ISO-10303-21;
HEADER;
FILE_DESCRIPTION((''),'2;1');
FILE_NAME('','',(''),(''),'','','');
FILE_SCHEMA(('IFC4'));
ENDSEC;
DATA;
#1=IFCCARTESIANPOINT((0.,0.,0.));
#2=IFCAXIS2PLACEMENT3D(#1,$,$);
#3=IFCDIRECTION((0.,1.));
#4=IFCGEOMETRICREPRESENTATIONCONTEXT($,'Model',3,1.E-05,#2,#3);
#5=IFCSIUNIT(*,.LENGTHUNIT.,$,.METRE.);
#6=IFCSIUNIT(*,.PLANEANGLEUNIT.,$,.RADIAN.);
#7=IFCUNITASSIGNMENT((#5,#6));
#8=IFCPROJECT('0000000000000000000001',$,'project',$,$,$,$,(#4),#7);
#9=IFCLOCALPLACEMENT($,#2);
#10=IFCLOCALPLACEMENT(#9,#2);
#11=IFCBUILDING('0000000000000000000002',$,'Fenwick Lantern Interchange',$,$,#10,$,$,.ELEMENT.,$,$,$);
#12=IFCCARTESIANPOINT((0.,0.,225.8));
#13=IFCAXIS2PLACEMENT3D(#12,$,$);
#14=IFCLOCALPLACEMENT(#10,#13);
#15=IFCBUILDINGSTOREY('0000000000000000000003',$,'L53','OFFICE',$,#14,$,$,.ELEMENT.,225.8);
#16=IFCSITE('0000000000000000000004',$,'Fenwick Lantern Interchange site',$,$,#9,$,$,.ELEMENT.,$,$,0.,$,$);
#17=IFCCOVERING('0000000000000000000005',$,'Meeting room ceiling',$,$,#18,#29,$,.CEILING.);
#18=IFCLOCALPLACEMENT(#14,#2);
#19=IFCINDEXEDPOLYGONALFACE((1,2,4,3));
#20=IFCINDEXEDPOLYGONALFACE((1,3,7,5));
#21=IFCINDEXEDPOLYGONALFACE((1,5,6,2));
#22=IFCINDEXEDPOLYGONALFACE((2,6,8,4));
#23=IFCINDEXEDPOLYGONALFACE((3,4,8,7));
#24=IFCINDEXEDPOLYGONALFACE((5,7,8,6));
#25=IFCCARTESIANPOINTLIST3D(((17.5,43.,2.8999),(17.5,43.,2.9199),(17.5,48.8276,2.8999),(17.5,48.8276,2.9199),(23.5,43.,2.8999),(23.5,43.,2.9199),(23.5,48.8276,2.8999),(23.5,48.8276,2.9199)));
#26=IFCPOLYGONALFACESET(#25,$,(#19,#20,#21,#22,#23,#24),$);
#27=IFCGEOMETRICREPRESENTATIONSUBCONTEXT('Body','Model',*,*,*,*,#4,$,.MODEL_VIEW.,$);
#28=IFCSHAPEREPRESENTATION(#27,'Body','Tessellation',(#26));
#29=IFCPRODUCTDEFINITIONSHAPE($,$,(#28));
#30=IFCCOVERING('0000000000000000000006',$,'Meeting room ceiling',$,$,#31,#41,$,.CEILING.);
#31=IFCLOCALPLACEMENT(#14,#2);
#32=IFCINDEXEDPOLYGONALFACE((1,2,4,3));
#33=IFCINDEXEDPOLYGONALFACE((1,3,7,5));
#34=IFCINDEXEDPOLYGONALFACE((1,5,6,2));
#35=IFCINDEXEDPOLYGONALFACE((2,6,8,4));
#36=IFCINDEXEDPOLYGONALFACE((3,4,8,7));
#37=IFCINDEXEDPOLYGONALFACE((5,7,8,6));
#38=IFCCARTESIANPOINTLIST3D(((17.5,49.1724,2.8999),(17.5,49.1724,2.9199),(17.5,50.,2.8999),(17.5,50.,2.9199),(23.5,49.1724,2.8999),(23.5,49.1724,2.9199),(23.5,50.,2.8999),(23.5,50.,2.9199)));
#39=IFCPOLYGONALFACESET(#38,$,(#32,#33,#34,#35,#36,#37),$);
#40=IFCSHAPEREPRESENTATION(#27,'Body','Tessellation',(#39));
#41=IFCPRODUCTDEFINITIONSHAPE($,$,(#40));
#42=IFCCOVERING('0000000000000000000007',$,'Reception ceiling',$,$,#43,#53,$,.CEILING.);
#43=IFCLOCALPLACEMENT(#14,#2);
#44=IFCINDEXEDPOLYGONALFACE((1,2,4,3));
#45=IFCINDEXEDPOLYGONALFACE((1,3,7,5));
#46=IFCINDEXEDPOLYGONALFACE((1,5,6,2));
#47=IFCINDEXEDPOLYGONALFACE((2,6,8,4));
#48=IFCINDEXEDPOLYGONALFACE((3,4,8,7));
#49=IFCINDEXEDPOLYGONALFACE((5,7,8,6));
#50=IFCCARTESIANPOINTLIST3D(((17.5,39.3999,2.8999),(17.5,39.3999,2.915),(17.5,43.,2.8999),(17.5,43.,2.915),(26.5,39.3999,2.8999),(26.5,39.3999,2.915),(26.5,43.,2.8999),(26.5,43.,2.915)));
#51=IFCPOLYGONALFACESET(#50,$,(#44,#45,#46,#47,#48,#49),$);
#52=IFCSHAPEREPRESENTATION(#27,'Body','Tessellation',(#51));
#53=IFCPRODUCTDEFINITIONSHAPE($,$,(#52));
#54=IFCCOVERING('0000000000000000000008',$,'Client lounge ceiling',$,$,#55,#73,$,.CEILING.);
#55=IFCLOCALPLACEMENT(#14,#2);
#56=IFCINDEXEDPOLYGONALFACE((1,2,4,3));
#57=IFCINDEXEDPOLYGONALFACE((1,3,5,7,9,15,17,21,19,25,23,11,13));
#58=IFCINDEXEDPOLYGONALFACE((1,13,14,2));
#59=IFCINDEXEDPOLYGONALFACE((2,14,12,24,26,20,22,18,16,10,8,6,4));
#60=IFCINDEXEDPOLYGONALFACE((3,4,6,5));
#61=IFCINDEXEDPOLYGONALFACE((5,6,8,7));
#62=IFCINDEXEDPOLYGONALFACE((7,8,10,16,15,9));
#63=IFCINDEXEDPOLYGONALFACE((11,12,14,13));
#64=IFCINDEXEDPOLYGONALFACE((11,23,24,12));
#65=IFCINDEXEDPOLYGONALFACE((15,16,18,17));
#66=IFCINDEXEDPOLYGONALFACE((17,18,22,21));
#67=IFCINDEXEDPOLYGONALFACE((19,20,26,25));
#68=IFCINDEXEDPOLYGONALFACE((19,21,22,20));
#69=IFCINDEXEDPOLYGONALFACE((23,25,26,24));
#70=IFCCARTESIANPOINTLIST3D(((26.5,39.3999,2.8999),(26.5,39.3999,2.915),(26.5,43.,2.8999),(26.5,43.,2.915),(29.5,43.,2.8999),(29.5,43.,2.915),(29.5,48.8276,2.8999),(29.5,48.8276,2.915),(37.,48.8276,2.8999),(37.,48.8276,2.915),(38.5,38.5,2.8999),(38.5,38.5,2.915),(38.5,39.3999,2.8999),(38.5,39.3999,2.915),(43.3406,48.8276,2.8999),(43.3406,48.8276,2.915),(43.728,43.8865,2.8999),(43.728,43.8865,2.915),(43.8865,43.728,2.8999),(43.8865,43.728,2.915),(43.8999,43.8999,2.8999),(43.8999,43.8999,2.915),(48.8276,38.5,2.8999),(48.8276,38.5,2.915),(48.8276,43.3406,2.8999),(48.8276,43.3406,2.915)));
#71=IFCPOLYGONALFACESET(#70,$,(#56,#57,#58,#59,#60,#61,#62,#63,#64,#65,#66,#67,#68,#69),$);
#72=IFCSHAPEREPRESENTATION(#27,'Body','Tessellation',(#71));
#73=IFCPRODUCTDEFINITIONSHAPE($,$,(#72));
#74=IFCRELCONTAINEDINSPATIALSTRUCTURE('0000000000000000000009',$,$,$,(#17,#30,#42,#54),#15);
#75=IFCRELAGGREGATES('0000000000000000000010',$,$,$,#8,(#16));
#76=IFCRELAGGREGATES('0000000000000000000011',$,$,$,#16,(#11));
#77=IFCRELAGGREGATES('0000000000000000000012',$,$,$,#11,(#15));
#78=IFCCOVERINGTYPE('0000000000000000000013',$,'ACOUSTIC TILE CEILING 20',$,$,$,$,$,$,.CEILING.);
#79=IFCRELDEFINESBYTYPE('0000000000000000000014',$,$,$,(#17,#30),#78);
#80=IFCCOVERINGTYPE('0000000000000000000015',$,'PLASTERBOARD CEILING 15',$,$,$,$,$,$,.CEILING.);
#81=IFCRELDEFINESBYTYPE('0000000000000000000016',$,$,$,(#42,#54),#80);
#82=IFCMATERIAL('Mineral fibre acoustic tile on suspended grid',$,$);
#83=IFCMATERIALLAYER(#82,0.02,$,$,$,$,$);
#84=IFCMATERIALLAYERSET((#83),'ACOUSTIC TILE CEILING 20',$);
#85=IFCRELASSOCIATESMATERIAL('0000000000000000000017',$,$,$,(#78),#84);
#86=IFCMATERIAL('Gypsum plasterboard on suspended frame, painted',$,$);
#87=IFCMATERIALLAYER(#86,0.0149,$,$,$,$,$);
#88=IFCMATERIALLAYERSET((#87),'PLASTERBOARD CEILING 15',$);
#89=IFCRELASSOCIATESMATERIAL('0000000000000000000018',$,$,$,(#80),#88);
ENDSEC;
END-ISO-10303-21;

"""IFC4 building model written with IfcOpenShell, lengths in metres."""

from ifc_helpers import new_model, si_unit, direction, frame, origin, place, context, subcontext, project, spatial, polyline, outline, extrude, material, layer, layer_set, type_object, element, save


model = new_model("IFC4")

# Units and contexts
model_context = context("Model", 3, precision=1e-05, world=origin(), true_north=direction((0.0, 1.0)))
body_context = subcontext(model_context, "Body", "Model", "MODEL_VIEW")
ifc_project = project(units=[si_unit("LENGTHUNIT", "METRE"), si_unit("PLANEANGLEUNIT", "RADIAN")], contexts=[model_context])

# Site, building, storey
site_placement = place(None, origin())
site = spatial("IfcSite", under=ifc_project, at=site_placement, Name="Fenwick Lantern Interchange site", CompositionType="ELEMENT", RefElevation=0.0)
building_placement = place(site_placement, origin())
building = spatial("IfcBuilding", under=site, at=building_placement, Name="Fenwick Lantern Interchange", CompositionType="ELEMENT")
storey_placement = place(building_placement, frame((0.0, 0.0, 225.8)))
storey = spatial("IfcBuildingStorey", under=building, at=storey_placement, Name="L53", Description="OFFICE", CompositionType="ELEMENT", Elevation=225.8)

# Coverings
ifc_material_1 = material(Name="Mineral fibre acoustic tile on suspended grid")
ifc_layer_1 = layer(ifc_material_1, 0.02)
ifc_layer_set_1 = layer_set([ifc_layer_1], Name="ACOUSTIC TILE CEILING 20")
covering_type_1 = type_object("IfcCoveringType", Name="ACOUSTIC TILE CEILING 20", PredefinedType="CEILING", material=ifc_layer_set_1)
covering_1_placement = place(storey_placement, frame((0.0, 0.0, 2.8999)))
element("IfcCovering", 1, at=covering_1_placement, inside=storey, type_object=covering_type_1, Name="Meeting room ceiling", PredefinedType="CEILING", context=body_context, shape_type="SweptSolid", body=[
    extrude(outline(polyline([(23.5, 43.0), (23.5, 48.8276), (17.5, 48.8276), (17.5, 43.0), (23.5, 43.0)])), origin(), (0.0, 0.0, 1.0), 0.02),
])
covering_2_placement = place(storey_placement, frame((0.0, 0.0, 2.8999)))
element("IfcCovering", 2, at=covering_2_placement, inside=storey, type_object=covering_type_1, Name="Meeting room ceiling", PredefinedType="CEILING", context=body_context, shape_type="SweptSolid", body=[
    extrude(outline(polyline([(17.5, 50.0), (17.5, 49.1724), (23.5, 49.1724), (23.5, 50.0), (17.5, 50.0)])), origin(), (0.0, 0.0, 1.0), 0.02),
])
ifc_material_2 = material(Name="Gypsum plasterboard on suspended frame, painted")
ifc_layer_2 = layer(ifc_material_2, 0.0149)
ifc_layer_set_2 = layer_set([ifc_layer_2], Name="PLASTERBOARD CEILING 15")
covering_type_2 = type_object("IfcCoveringType", Name="PLASTERBOARD CEILING 15", PredefinedType="CEILING", material=ifc_layer_set_2)
covering_3_placement = place(storey_placement, frame((0.0, 0.0, 2.8999)))
element("IfcCovering", 3, at=covering_3_placement, inside=storey, type_object=covering_type_2, Name="Reception ceiling", PredefinedType="CEILING", context=body_context, shape_type="SweptSolid", body=[
    extrude(outline(polyline([(26.5, 43.0), (17.5, 43.0), (17.5, 39.3999), (26.5, 39.3999), (26.5, 43.0)])), origin(), (0.0, 0.0, 1.0), 0.0151),
])
covering_4_placement = place(storey_placement, frame((0.0, 0.0, 2.8999)))
element("IfcCovering", 4, at=covering_4_placement, inside=storey, type_object=covering_type_2, Name="Client lounge ceiling", PredefinedType="CEILING", context=body_context, shape_type="SweptSolid", body=[
    extrude(outline(polyline([(38.5, 38.5), (48.8276, 38.5), (48.8276, 43.3406), (43.8865, 43.728), (43.8999, 43.8999), (43.728, 43.8865), (43.3406, 48.8276), (37.0, 48.8276), (29.5, 48.8276), (29.5, 43.0), (26.5, 43.0), (26.5, 39.3999), (38.5, 39.3999), (38.5, 38.5)])), origin(), (0.0, 0.0, 1.0), 0.0151),
])

save(model, "model.ifc")
